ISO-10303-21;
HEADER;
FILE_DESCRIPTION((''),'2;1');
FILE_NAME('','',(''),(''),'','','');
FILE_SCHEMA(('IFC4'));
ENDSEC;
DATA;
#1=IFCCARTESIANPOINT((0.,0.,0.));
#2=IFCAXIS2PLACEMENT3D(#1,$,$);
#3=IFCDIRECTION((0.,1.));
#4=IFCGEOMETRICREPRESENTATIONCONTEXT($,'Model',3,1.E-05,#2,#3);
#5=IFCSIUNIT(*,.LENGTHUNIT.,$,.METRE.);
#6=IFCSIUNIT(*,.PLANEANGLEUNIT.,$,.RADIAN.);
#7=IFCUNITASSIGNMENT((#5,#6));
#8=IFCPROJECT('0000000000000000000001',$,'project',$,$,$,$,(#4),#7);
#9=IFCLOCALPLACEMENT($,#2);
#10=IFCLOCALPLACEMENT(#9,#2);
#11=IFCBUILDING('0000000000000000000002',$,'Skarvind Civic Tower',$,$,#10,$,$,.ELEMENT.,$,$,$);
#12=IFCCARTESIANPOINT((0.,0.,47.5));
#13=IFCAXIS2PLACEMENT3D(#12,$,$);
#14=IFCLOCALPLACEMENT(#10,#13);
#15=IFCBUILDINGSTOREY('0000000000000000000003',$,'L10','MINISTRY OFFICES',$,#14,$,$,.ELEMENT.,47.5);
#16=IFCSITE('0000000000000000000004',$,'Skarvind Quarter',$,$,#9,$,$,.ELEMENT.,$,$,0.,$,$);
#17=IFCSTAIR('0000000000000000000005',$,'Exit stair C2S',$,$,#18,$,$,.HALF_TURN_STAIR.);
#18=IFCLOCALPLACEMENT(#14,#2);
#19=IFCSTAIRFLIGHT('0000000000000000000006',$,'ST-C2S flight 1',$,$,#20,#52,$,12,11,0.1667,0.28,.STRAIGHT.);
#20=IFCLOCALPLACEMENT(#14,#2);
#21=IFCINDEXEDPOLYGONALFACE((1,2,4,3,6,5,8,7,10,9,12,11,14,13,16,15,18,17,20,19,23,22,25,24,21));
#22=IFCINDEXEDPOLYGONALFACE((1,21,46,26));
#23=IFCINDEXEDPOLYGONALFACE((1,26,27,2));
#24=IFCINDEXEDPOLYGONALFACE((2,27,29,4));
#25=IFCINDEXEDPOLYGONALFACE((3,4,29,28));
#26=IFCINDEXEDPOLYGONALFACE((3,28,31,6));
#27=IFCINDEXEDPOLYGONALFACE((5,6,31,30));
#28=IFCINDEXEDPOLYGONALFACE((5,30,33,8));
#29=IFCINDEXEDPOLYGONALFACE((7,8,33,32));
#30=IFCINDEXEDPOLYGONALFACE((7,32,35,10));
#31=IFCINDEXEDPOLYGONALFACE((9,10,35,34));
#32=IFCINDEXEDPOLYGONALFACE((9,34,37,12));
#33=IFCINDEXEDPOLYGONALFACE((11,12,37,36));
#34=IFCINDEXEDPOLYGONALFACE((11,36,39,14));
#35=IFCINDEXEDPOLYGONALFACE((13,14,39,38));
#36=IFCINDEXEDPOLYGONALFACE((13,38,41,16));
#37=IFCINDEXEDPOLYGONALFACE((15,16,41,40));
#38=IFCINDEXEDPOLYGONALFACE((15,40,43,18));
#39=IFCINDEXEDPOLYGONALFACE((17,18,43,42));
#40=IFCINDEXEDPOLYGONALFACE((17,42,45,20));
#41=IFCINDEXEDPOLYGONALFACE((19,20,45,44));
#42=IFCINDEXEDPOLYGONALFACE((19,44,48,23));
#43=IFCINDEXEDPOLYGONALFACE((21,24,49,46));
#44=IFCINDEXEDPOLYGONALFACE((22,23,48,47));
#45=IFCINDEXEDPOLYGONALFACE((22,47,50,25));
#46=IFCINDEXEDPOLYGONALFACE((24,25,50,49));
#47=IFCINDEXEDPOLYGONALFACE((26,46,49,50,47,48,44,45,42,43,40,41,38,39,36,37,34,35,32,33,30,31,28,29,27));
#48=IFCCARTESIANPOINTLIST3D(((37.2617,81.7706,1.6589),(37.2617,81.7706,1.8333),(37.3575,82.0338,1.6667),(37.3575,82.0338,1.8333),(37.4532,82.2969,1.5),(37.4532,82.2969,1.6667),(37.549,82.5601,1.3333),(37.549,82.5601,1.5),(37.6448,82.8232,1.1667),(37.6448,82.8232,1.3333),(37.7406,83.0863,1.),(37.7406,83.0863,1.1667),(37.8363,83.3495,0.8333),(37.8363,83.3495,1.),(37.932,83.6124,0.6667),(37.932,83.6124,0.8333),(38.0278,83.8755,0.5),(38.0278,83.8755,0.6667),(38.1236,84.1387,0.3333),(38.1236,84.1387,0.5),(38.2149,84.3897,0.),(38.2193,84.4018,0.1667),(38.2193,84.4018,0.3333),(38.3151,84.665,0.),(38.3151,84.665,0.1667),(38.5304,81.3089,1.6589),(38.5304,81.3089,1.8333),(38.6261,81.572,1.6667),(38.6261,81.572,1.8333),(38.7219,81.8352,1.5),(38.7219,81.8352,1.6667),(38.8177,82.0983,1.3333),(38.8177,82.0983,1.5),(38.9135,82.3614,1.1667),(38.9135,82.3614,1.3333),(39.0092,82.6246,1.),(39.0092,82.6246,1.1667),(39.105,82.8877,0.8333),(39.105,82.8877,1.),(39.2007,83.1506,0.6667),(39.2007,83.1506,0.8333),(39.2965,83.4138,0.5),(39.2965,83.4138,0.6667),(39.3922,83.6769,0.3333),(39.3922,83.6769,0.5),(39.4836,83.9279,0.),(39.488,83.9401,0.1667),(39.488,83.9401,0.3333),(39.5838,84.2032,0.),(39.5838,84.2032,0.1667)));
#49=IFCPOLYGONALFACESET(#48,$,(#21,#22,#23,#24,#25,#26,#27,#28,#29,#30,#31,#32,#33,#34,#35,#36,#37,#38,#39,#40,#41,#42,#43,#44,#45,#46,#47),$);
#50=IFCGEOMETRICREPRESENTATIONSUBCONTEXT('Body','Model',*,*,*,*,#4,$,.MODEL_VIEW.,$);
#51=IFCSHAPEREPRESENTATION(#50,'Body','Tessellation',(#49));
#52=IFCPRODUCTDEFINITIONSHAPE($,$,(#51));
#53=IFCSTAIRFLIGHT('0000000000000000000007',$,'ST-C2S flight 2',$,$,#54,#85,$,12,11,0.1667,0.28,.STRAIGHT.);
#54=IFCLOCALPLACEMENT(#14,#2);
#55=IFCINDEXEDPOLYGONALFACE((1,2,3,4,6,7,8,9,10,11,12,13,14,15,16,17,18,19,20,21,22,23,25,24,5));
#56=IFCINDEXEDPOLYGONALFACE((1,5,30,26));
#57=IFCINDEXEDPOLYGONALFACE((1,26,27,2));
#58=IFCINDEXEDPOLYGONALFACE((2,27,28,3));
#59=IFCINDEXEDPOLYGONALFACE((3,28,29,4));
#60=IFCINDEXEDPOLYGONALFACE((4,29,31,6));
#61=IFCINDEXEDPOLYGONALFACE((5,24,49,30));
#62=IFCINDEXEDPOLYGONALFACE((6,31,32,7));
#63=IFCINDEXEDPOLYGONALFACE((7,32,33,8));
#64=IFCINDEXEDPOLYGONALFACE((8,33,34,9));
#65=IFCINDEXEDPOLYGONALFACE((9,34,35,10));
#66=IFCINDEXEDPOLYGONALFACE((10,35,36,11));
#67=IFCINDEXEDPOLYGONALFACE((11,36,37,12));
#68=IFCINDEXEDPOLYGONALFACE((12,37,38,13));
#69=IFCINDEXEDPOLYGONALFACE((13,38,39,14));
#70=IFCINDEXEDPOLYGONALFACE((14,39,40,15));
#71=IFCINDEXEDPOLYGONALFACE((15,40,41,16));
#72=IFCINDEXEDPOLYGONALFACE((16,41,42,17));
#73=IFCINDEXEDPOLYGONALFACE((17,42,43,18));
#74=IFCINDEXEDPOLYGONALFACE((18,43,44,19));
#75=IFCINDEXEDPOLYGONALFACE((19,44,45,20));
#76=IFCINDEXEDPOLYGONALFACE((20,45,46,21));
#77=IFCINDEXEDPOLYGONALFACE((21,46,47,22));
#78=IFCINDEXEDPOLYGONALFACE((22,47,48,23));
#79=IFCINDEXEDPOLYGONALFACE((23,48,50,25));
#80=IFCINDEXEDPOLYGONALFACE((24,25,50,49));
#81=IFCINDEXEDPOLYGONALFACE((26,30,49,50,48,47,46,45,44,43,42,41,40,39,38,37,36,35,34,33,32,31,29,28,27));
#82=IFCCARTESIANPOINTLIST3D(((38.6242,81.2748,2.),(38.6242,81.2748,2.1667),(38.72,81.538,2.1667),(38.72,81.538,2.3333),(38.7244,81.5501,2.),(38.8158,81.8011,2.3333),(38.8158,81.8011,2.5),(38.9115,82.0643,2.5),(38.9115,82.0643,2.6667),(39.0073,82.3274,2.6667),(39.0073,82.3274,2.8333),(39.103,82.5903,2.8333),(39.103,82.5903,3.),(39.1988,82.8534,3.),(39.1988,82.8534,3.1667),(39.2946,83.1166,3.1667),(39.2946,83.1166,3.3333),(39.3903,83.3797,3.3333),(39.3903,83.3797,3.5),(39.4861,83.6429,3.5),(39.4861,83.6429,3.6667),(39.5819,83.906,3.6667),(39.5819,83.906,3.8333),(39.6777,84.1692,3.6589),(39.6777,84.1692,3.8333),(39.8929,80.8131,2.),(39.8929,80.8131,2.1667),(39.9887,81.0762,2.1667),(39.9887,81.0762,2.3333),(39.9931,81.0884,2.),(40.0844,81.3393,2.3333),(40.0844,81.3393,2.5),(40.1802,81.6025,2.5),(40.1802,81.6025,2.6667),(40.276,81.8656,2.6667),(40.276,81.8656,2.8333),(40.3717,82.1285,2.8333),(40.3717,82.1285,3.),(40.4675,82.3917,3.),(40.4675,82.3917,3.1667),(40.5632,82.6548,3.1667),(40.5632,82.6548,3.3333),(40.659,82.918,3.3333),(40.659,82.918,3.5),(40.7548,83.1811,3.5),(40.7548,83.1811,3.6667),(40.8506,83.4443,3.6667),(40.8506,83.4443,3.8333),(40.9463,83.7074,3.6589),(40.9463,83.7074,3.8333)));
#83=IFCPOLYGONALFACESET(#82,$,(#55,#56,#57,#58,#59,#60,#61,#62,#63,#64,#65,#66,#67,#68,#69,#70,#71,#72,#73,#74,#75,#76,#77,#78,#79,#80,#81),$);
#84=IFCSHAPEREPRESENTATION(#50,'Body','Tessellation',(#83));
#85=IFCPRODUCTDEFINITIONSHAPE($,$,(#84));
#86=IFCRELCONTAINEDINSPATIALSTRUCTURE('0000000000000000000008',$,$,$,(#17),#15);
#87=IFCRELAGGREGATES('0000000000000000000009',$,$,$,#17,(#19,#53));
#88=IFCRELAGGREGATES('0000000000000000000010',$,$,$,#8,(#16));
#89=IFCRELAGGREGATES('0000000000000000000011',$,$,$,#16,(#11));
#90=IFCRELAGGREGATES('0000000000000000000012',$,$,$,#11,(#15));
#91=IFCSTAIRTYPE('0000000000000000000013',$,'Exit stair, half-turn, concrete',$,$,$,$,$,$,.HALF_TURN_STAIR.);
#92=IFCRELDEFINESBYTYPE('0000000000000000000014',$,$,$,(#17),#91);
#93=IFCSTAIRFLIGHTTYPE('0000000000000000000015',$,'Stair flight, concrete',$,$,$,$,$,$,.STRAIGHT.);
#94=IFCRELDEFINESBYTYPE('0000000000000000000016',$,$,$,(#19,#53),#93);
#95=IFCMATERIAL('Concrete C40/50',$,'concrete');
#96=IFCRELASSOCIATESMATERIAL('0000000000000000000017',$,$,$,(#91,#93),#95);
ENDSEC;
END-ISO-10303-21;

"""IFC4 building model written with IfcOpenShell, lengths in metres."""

from ifc_helpers import new_model, si_unit, direction, frame, origin, place, context, subcontext, project, spatial, polyline, outline, extrude, material, type_object, element, aggregate, save


model = new_model("IFC4")

# Units and contexts
model_context = context("Model", 3, precision=1e-05, world=origin(), true_north=direction((0.0, 1.0)))
body_context = subcontext(model_context, "Body", "Model", "MODEL_VIEW")
ifc_project = project(units=[si_unit("LENGTHUNIT", "METRE"), si_unit("PLANEANGLEUNIT", "RADIAN")], contexts=[model_context])

# Site, building, storey
site_placement = place(None, origin())
site = spatial("IfcSite", under=ifc_project, at=site_placement, Name="Skarvind Quarter", CompositionType="ELEMENT", RefElevation=0.0)
building_placement = place(site_placement, origin())
building = spatial("IfcBuilding", under=site, at=building_placement, Name="Skarvind Civic Tower", CompositionType="ELEMENT")
storey_placement = place(building_placement, frame((0.0, 0.0, 47.5)))
storey = spatial("IfcBuildingStorey", under=building, at=storey_placement, Name="L10", Description="MINISTRY OFFICES", CompositionType="ELEMENT", Elevation=47.5)

# Stair, stair flights
ifc_material_1 = material(Name="Concrete C40/50", Category="concrete")
stair_type = type_object("IfcStairType", Name="Exit stair, half-turn, concrete", PredefinedType="HALF_TURN_STAIR", material=ifc_material_1)
stair_placement = place(storey_placement, origin())
stair = element("IfcStair", 1, at=stair_placement, inside=storey, type_object=stair_type, Name="Exit stair C2S", PredefinedType="HALF_TURN_STAIR")
stair_flight_type = type_object("IfcStairFlightType", Name="Stair flight, concrete", PredefinedType="STRAIGHT", material=ifc_material_1)
stair_flight_1_placement = place(storey_placement, frame((38.9495, 84.4341, 0.0), z_axis=(0.0, 0.0, 1.0), x_axis=(-0.34202, -0.939693, 0.0)))
stair_flight_1 = element("IfcStairFlight", 2, at=stair_flight_1_placement, type_object=stair_flight_type, Name="ST-C2S flight 1", NumberOfRisers=12, NumberOfTreads=11, PredefinedType="STRAIGHT", RiserHeight=0.1667, TreadLength=0.28, context=body_context, shape_type="SweptSolid", body=[
    extrude(outline(polyline([(0.0, 0.0), (0.0, 0.1667), (0.28, 0.1667), (0.28, 0.3333), (0.5601, 0.3333), (0.5601, 0.5), (0.8401, 0.5), (0.8401, 0.6667), (1.1201, 0.6667), (1.1201, 0.8333), (1.3999, 0.8333), (1.3999, 1.0), (1.6799, 1.0), (1.6799, 1.1667), (1.96, 1.1667), (1.96, 1.3333), (2.24, 1.3333), (2.24, 1.5), (2.52, 1.5), (2.52, 1.6667), (2.8, 1.6667), (2.8, 1.8333), (3.0801, 1.8333), (3.0801, 2.0), (3.0801, 1.6589), (0.293, 0.0), (0.0, 0.0)])), frame((0.0, 0.675, 0.0), z_axis=(0.0, -1.0, 0.0), x_axis=(1.0, 0.0, 0.0)), (0.0, 0.0, 1.0), 1.3501),
])
stair_flight_2_placement = place(storey_placement, frame((39.2585, 81.0439, 2.0), z_axis=(0.0, 0.0, 1.0), x_axis=(0.34202, 0.939693, 0.0)))
stair_flight_2 = element("IfcStairFlight", 3, at=stair_flight_2_placement, type_object=stair_flight_type, Name="ST-C2S flight 2", NumberOfRisers=12, NumberOfTreads=11, PredefinedType="STRAIGHT", RiserHeight=0.1667, TreadLength=0.28, context=body_context, shape_type="SweptSolid", body=[
    extrude(outline(polyline([(0.0, 0.0), (0.0, 0.1667), (0.28, 0.1667), (0.28, 0.3333), (0.5601, 0.3333), (0.5601, 0.5), (0.8401, 0.5), (0.8401, 0.6667), (1.1201, 0.6667), (1.1201, 0.8333), (1.3999, 0.8333), (1.3999, 1.0), (1.6799, 1.0), (1.6799, 1.1667), (1.96, 1.1667), (1.96, 1.3333), (2.24, 1.3333), (2.24, 1.5), (2.52, 1.5), (2.52, 1.6667), (2.8, 1.6667), (2.8, 1.8333), (3.0801, 1.8333), (3.0801, 2.0), (3.0801, 1.6589), (0.293, 0.0), (0.0, 0.0)])), frame((0.0, 0.675, 0.0), z_axis=(0.0, -1.0, 0.0), x_axis=(1.0, 0.0, 0.0)), (0.0, 0.0, 1.0), 1.3501),
])
aggregate(stair, [stair_flight_1, stair_flight_2])

save(model, "model.ifc")
